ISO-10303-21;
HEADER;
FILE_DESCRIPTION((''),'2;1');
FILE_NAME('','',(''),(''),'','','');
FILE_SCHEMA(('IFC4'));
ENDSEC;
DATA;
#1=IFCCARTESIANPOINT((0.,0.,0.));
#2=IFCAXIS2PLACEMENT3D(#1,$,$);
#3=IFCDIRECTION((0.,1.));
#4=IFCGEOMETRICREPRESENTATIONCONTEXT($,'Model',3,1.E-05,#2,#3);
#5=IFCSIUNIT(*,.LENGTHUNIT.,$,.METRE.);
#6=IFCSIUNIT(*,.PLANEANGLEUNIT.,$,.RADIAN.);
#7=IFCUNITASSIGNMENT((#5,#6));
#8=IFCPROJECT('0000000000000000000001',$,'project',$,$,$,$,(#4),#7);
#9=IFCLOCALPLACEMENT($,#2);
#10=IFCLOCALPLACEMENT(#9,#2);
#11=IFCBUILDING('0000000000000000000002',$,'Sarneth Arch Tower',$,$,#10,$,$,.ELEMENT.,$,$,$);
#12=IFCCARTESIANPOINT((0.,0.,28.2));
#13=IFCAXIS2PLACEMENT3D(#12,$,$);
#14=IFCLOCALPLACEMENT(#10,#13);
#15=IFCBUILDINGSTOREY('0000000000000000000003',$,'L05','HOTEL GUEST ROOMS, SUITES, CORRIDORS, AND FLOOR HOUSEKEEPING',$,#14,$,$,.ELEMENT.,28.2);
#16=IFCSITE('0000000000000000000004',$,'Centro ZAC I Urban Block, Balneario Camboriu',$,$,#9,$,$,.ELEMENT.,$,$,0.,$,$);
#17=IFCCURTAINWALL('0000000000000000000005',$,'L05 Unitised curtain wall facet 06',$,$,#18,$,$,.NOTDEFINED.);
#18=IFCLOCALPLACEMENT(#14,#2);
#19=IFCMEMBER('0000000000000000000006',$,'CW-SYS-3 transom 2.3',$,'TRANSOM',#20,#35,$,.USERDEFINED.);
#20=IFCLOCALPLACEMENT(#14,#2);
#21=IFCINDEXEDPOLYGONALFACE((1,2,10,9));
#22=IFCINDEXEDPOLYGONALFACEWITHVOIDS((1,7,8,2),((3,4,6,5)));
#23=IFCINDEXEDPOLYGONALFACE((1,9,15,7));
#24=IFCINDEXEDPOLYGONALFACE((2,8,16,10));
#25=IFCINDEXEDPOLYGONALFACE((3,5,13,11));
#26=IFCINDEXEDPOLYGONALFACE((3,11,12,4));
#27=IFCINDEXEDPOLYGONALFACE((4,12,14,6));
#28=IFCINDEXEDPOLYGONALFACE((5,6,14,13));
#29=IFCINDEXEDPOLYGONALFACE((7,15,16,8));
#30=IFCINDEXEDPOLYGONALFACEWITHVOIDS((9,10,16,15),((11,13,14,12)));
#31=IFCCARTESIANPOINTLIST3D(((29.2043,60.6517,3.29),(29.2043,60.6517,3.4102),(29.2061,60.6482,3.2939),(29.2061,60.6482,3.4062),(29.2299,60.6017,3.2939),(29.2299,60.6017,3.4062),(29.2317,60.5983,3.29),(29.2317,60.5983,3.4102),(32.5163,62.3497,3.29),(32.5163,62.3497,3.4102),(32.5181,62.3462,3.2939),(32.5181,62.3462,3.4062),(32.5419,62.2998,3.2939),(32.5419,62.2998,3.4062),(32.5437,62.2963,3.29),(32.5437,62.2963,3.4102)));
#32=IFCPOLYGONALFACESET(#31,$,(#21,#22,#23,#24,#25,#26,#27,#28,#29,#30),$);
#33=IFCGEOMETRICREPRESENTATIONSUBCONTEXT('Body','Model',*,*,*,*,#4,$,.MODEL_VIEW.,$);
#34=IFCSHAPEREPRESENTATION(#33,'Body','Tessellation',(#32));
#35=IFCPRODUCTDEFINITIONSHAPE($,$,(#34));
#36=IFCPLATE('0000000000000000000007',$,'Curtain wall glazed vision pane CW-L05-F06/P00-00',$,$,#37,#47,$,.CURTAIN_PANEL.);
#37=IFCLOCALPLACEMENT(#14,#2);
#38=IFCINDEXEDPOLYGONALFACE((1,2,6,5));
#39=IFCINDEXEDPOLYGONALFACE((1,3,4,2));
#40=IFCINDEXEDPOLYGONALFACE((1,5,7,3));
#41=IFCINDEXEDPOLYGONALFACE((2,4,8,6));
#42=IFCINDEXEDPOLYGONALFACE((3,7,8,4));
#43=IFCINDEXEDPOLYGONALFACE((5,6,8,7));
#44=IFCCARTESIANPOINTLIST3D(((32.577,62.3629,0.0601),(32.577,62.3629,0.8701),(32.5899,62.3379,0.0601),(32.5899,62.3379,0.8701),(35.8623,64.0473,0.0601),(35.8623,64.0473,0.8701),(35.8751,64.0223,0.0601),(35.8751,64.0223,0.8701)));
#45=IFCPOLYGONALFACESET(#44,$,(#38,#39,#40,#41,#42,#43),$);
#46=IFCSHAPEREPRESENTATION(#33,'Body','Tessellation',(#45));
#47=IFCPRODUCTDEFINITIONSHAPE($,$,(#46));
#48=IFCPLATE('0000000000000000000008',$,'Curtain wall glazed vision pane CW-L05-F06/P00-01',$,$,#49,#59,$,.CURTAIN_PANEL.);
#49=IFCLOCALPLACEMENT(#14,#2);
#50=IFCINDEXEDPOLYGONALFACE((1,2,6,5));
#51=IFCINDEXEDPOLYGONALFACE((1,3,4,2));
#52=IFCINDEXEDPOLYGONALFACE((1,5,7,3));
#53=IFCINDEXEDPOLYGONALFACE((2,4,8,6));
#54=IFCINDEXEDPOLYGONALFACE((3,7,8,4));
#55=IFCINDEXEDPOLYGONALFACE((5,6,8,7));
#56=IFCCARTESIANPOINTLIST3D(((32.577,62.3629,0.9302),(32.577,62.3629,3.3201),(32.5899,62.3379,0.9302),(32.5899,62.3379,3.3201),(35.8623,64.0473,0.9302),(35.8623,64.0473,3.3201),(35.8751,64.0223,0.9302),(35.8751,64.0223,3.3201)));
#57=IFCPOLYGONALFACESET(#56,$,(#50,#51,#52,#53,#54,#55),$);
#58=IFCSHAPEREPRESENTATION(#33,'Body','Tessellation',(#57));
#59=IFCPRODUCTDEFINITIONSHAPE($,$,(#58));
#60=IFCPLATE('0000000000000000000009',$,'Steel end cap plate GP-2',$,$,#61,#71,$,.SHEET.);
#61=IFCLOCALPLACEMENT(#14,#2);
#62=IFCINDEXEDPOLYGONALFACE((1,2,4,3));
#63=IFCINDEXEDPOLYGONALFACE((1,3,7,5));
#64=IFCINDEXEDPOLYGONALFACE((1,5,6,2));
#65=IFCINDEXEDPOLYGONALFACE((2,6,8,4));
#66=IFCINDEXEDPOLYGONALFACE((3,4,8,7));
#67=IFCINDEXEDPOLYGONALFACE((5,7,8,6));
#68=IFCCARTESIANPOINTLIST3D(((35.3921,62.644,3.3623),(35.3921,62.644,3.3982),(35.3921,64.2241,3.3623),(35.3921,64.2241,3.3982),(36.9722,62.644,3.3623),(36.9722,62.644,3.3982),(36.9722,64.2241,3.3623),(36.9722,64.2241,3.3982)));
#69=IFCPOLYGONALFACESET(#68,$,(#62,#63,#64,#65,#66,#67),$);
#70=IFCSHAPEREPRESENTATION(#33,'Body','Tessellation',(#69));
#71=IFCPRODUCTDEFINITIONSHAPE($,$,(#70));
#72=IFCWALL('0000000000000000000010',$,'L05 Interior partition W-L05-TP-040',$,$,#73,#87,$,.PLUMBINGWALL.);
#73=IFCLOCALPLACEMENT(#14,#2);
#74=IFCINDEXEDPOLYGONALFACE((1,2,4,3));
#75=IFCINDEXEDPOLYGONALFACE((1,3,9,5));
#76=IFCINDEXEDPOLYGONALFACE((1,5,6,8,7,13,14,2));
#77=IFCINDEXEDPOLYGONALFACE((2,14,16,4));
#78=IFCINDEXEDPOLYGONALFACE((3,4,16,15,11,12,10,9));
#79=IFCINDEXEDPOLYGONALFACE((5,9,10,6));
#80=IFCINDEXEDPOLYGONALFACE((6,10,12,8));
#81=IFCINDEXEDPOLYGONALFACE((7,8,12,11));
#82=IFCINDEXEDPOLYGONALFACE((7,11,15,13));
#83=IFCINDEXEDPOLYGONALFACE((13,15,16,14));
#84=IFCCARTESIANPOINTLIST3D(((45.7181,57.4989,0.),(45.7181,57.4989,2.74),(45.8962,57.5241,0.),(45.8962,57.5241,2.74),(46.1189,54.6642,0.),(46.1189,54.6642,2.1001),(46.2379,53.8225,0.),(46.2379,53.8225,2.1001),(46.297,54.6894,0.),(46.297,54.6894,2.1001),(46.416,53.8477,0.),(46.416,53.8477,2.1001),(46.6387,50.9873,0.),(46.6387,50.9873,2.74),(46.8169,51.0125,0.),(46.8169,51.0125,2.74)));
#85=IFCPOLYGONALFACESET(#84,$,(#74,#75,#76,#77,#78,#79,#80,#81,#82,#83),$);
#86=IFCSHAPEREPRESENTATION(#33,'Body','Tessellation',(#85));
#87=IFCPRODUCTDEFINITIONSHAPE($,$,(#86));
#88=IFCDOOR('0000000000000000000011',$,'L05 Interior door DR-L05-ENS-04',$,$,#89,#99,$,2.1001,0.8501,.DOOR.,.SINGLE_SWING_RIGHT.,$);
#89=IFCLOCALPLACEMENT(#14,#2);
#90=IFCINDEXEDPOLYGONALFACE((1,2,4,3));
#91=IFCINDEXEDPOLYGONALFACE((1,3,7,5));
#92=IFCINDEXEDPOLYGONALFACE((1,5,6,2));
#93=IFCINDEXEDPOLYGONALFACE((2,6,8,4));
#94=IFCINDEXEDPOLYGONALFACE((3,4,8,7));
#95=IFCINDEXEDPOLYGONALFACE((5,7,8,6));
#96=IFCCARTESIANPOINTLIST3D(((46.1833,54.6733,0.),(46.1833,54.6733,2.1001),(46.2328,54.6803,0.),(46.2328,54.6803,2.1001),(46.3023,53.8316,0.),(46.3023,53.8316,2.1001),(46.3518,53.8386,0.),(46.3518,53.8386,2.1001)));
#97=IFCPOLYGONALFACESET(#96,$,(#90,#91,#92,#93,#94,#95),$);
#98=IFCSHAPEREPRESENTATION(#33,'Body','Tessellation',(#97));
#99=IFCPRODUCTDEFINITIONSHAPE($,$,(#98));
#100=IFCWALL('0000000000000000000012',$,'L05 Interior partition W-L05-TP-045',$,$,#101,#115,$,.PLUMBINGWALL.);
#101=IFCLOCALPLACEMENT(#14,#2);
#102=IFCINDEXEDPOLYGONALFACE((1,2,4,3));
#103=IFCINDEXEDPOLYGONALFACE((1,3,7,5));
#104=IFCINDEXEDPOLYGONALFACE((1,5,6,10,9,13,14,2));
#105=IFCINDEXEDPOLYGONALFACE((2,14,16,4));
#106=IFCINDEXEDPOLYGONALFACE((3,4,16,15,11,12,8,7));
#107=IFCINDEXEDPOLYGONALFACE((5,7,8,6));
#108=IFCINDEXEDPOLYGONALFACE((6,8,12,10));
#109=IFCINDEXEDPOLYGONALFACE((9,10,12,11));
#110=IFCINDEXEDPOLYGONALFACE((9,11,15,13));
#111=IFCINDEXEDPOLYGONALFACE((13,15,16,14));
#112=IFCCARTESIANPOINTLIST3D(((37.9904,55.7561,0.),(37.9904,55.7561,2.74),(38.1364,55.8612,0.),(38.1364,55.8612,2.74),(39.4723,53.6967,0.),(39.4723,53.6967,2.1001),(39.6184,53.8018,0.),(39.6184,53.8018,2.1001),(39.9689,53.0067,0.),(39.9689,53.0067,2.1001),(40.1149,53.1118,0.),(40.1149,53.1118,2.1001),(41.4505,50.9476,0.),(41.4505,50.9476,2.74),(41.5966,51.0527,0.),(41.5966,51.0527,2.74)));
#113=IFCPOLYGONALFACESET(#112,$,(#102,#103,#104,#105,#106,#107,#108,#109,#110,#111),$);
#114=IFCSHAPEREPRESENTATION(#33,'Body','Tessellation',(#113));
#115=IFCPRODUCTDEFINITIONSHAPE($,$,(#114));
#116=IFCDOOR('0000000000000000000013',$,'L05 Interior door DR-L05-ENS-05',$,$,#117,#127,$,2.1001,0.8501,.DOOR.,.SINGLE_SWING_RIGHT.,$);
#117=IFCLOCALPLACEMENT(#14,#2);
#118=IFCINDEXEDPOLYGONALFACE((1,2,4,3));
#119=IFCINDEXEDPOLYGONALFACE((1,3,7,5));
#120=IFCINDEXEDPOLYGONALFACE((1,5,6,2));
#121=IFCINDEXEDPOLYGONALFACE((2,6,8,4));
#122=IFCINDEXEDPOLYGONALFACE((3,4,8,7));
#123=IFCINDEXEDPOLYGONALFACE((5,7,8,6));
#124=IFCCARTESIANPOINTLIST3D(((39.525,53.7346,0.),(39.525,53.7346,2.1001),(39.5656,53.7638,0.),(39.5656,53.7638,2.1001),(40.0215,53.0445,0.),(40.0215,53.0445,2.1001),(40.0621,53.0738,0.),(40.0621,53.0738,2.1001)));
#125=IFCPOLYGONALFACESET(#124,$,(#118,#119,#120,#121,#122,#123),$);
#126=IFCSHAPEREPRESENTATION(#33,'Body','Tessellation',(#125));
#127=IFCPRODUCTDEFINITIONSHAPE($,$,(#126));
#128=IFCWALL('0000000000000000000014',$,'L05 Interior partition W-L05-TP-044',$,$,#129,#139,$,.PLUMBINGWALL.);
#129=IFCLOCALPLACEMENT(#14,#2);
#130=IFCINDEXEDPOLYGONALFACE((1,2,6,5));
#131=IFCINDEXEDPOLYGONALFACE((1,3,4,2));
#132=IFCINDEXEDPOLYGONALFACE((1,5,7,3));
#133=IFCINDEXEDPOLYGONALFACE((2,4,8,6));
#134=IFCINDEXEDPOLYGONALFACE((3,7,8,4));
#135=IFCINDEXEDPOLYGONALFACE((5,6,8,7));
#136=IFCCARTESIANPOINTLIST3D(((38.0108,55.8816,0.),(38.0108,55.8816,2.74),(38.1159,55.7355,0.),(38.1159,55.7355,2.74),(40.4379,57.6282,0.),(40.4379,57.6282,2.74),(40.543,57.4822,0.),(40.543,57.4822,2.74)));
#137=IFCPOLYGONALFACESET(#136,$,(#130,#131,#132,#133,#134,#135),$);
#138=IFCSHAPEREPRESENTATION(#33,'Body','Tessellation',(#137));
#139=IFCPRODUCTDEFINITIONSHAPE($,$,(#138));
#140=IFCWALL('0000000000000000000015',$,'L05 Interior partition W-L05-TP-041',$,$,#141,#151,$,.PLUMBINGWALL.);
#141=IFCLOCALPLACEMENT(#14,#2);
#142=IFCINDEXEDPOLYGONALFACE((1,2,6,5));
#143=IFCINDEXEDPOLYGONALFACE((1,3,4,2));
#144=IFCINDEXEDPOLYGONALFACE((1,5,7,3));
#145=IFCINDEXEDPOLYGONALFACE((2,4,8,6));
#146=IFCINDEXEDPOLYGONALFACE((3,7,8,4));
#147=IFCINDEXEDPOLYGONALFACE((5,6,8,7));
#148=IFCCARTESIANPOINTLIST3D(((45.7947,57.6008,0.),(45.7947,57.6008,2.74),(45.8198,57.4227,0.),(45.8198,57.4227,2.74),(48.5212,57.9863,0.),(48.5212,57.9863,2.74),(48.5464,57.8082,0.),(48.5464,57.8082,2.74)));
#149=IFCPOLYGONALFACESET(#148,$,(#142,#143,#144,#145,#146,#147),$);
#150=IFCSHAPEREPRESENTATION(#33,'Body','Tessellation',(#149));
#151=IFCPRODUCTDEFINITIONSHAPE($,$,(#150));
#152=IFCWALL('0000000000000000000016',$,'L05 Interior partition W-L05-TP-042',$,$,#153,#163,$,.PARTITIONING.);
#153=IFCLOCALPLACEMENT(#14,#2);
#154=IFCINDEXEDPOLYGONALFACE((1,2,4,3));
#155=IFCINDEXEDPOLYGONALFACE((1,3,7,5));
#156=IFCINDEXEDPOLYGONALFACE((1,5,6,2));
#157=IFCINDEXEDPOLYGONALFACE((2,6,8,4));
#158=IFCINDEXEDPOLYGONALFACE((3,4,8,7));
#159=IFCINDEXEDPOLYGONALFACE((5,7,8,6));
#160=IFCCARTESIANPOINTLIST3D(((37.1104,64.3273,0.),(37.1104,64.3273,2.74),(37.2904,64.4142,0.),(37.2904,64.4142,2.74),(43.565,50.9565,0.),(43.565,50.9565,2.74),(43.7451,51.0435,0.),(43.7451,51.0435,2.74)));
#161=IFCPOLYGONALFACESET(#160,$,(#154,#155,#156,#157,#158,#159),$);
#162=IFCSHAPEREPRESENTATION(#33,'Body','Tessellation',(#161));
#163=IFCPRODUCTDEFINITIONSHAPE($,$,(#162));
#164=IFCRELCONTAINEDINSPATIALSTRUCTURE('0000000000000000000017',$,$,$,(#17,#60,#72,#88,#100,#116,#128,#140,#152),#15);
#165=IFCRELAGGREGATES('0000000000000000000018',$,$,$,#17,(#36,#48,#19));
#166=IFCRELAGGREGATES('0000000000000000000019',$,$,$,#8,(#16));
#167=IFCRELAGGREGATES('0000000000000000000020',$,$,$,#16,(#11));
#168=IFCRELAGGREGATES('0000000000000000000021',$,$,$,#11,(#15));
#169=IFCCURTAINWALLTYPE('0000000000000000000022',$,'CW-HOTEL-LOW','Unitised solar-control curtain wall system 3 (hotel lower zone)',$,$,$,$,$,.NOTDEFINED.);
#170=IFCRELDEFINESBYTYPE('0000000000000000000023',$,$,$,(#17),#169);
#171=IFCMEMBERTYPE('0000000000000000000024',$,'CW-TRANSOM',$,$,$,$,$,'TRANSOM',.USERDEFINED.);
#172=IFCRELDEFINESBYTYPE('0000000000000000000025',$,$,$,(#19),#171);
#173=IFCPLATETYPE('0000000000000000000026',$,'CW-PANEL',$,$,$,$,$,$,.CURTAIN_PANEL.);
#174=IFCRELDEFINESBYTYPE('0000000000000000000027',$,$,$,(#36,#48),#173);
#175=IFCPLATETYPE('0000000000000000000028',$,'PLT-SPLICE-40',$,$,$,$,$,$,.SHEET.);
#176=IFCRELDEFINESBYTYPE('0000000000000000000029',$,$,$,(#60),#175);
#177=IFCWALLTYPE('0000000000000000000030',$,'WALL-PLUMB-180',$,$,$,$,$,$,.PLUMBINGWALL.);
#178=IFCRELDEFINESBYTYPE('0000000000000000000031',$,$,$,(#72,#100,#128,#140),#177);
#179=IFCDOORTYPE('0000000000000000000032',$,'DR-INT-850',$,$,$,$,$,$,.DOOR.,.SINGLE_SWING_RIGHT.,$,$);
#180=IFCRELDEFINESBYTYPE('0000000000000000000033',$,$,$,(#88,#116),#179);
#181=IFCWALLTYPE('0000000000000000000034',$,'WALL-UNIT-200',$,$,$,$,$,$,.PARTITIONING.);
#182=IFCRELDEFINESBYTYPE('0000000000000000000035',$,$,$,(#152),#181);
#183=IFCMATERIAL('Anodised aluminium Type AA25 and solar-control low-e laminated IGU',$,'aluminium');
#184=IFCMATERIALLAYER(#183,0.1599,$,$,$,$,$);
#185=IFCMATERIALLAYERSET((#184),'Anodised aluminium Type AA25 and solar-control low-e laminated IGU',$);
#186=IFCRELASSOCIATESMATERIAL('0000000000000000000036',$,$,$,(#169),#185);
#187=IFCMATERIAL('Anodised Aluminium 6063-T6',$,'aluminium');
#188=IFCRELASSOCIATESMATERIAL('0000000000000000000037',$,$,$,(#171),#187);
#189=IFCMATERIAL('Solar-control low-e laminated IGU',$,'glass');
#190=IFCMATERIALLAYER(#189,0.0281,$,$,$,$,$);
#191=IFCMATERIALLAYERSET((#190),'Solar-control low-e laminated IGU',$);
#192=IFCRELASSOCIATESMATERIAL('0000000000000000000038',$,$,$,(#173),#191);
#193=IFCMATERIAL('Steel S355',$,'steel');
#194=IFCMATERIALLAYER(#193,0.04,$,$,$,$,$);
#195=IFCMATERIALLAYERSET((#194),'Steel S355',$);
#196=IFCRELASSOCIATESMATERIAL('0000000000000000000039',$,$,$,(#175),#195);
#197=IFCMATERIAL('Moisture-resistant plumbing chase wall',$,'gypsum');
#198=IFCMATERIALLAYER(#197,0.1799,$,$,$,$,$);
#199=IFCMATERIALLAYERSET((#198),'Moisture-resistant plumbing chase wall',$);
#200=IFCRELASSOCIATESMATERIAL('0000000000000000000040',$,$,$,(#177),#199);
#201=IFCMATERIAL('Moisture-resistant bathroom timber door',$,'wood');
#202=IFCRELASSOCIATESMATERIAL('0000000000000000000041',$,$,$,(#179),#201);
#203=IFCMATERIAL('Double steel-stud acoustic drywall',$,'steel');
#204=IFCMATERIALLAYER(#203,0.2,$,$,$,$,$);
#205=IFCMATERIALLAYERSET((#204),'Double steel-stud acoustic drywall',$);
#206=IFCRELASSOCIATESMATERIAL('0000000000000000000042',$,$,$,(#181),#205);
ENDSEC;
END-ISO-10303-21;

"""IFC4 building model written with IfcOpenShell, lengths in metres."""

from ifc_helpers import new_model, si_unit, direction, frame, frame_2d, origin, origin_2d, place, context, subcontext, project, spatial, rectangle, hollow_rectangle, extrude, material, layer, layer_set, material_profile, profile_set, type_object, element, fill, aggregate, save


model = new_model("IFC4")

# Units and contexts
model_context = context("Model", 3, precision=1e-05, world=origin(), true_north=direction((0.0, 1.0)))
body_context = subcontext(model_context, "Body", "Model", "MODEL_VIEW")
ifc_project = project(units=[si_unit("LENGTHUNIT", "METRE"), si_unit("PLANEANGLEUNIT", "RADIAN")], contexts=[model_context])

# Site, building, storey
site_placement = place(None, origin())
site = spatial("IfcSite", under=ifc_project, at=site_placement, Name="Centro ZAC I Urban Block, Balneario Camboriu", CompositionType="ELEMENT", RefElevation=0.0)
building_placement = place(site_placement, origin())
building = spatial("IfcBuilding", under=site, at=building_placement, Name="Sarneth Arch Tower", CompositionType="ELEMENT")
storey_placement = place(building_placement, frame((0.0, 0.0, 28.2)))
storey = spatial("IfcBuildingStorey", under=building, at=storey_placement, Name="L05", Description="HOTEL GUEST ROOMS, SUITES, CORRIDORS, AND FLOOR HOUSEKEEPING", CompositionType="ELEMENT", Elevation=28.2)

# Curtain wall, member, plates
ifc_material_1 = material(Name="Anodised aluminium Type AA25 and solar-control low-e laminated IGU", Category="aluminium")
ifc_layer_1 = layer(ifc_material_1, 0.1599)
ifc_layer_set_1 = layer_set([ifc_layer_1], Name="Anodised aluminium Type AA25 and solar-control low-e laminated IGU")
curtain_wall_type = type_object("IfcCurtainWallType", Name="CW-HOTEL-LOW", Description="Unitised solar-control curtain wall system 3 (hotel lower zone)", PredefinedType="NOTDEFINED", material=ifc_layer_set_1)
curtain_wall_placement = place(storey_placement, origin())
curtain_wall = element("IfcCurtainWall", 1, at=curtain_wall_placement, inside=storey, type_object=curtain_wall_type, Name="L05 Unitised curtain wall facet 06", PredefinedType="NOTDEFINED")
ifc_material_2 = material(Name="Anodised Aluminium 6063-T6", Category="aluminium")
ifc_material_profile_1 = material_profile(ifc_material_2, hollow_rectangle(XDim=0.0601, YDim=0.1201, WallThickness=0.0039, at=origin_2d()), Name="AL-TRAN-120x60x4")
ifc_profile_set_1 = profile_set([ifc_material_profile_1], Name="Anodised Aluminium 6063-T6")
member_type_1 = type_object("IfcMemberType", Name="CW-TRANSOM", ElementType="TRANSOM", PredefinedType="USERDEFINED", material=ifc_profile_set_1)
member_1_placement = place(storey_placement, frame((32.53, 62.323, 3.3501), z_axis=(-0.889869, -0.456217, 0.0), x_axis=(0.456217, -0.889869, 0.0)))
member_1 = element("IfcMember", 2, at=member_1_placement, type_object=member_type_1, Name="CW-SYS-3 transom 2.3", ObjectType="TRANSOM", PredefinedType="USERDEFINED", context=body_context, shape_type="SweptSolid", body=[
    extrude(hollow_rectangle(XDim=0.0601, YDim=0.1201, WallThickness=0.0039, at=origin_2d()), origin(), (0.0, 0.0, 1.0), 3.7219),
])
ifc_material_3 = material(Name="Solar-control low-e laminated IGU", Category="glass")
ifc_layer_2 = layer(ifc_material_3, 0.0281)
ifc_layer_set_2 = layer_set([ifc_layer_2], Name="Solar-control low-e laminated IGU")
plate_type_1 = type_object("IfcPlateType", Name="CW-PANEL", PredefinedType="CURTAIN_PANEL", material=ifc_layer_set_2)
plate_1_placement = place(storey_placement, frame((34.2261, 63.1926, 0.0601), z_axis=(0.0, 0.0, 1.0), x_axis=(-0.889854, -0.456245, 0.0)))
plate_1 = element("IfcPlate", 3, at=plate_1_placement, type_object=plate_type_1, Name="Curtain wall glazed vision pane CW-L05-F06/P00-00", PredefinedType="CURTAIN_PANEL", context=body_context, shape_type="SweptSolid", body=[
    extrude(rectangle(XDim=3.6919, YDim=0.0281, at=origin_2d()), origin(), (0.0, 0.0, 1.0), 0.8101),
])
plate_2_placement = place(storey_placement, frame((34.2261, 63.1926, 0.9302), z_axis=(0.0, 0.0, 1.0), x_axis=(-0.889854, -0.456245, 0.0)))
plate_2 = element("IfcPlate", 4, at=plate_2_placement, type_object=plate_type_1, Name="Curtain wall glazed vision pane CW-L05-F06/P00-01", PredefinedType="CURTAIN_PANEL", context=body_context, shape_type="SweptSolid", body=[
    extrude(rectangle(XDim=3.6919, YDim=0.0281, at=origin_2d()), origin(), (0.0, 0.0, 1.0), 2.3899),
])
aggregate(curtain_wall, [plate_1, plate_2, member_1])

# Plate
ifc_material_4 = material(Name="Steel S355", Category="steel")
ifc_layer_3 = layer(ifc_material_4, 0.04)
ifc_layer_set_3 = layer_set([ifc_layer_3], Name="Steel S355")
plate_type_2 = type_object("IfcPlateType", Name="PLT-SPLICE-40", PredefinedType="SHEET", material=ifc_layer_set_3)
plate_3_placement = place(storey_placement, frame((36.1821, 63.4341, 3.3623), z_axis=(0.0, 0.0, 1.0), x_axis=(1.0, 0.0, 0.0)))
element("IfcPlate", 5, at=plate_3_placement, inside=storey, type_object=plate_type_2, Name="Steel end cap plate GP-2", PredefinedType="SHEET", context=body_context, shape_type="SweptSolid", body=[
    extrude(rectangle(XDim=1.5801, YDim=1.5801, at=origin_2d()), origin(), (0.0, 0.0, 1.0), 0.0359),
])

# Walls, openings, doors
ifc_material_5 = material(Name="Moisture-resistant plumbing chase wall", Category="gypsum")
ifc_layer_4 = layer(ifc_material_5, 0.1799)
ifc_layer_set_4 = layer_set([ifc_layer_4], Name="Moisture-resistant plumbing chase wall")
wall_type_1 = type_object("IfcWallType", Name="WALL-PLUMB-180", PredefinedType="PLUMBINGWALL", material=ifc_layer_set_4)
wall_1_placement = place(storey_placement, frame((46.7278, 51.0, 0.0), z_axis=(0.0, 0.0, 1.0), x_axis=(-0.139992, 0.990153, 0.0)))
wall_1 = element("IfcWall", 6, at=wall_1_placement, inside=storey, type_object=wall_type_1, Name="L05 Interior partition W-L05-TP-040", PredefinedType="PLUMBINGWALL", context=body_context, shape_type="SweptSolid", body=[
    extrude(rectangle(XDim=6.5764, YDim=0.1799, at=frame_2d((3.2881, 0.0))), origin(), (0.0, 0.0, 1.0), 2.74),
])
opening_1_placement = place(wall_1_placement, frame((2.8633, 0.0, 0.0)))
opening_1 = element("IfcOpeningElement", 7, at=opening_1_placement, cuts=wall_1, PredefinedType="OPENING", context=body_context, shape_type="SweptSolid", body=[
    extrude(rectangle(XDim=0.8501, YDim=2.1001, at=frame_2d((0.425, 1.05))), frame((0.0, 0.0999, 0.0), z_axis=(0.0, -1.0, 0.0), x_axis=(1.0, 0.0, 0.0)), (0.0, 0.0, 1.0), 0.2),
])
ifc_material_6 = material(Name="Moisture-resistant bathroom timber door", Category="wood")
door_type_1 = type_object("IfcDoorType", Name="DR-INT-850", OperationType="SINGLE_SWING_RIGHT", PredefinedType="DOOR", material=ifc_material_6)
door_1_placement = place(opening_1_placement, origin())
door_1 = element("IfcDoor", 8, at=door_1_placement, inside=storey, type_object=door_type_1, Name="L05 Interior door DR-L05-ENS-04", OperationType="SINGLE_SWING_RIGHT", OverallHeight=2.1001, OverallWidth=0.8501, PredefinedType="DOOR", context=body_context, shape_type="SweptSolid", body=[
    extrude(rectangle(XDim=0.8501, YDim=2.1001, at=frame_2d((0.425, 1.05))), frame((0.0, 0.0249, 0.0), z_axis=(0.0, -1.0, 0.0), x_axis=(1.0, 0.0, 0.0)), (0.0, 0.0, 1.0), 0.05),
])
fill(opening_1, door_1)
wall_2_placement = place(storey_placement, frame((38.0635, 55.8086, 0.0), z_axis=(0.0, 0.0, 1.0), x_axis=(0.584084, -0.811693, 0.0)))
wall_2 = element("IfcWall", 9, at=wall_2_placement, inside=storey, type_object=wall_type_1, Name="L05 Interior partition W-L05-TP-045", PredefinedType="PLUMBINGWALL", context=body_context, shape_type="SweptSolid", body=[
    extrude(rectangle(XDim=5.9241, YDim=0.1799, at=frame_2d((2.9619, 0.0))), origin(), (0.0, 0.0, 1.0), 2.74),
])
opening_2_placement = place(wall_2_placement, frame((2.5371, 0.0, 0.0)))
opening_2 = element("IfcOpeningElement", 10, at=opening_2_placement, cuts=wall_2, PredefinedType="OPENING", context=body_context, shape_type="SweptSolid", body=[
    extrude(rectangle(XDim=0.8501, YDim=2.1001, at=frame_2d((0.425, 1.05))), frame((0.0, 0.0999, 0.0), z_axis=(0.0, -1.0, 0.0), x_axis=(1.0, 0.0, 0.0)), (0.0, 0.0, 1.0), 0.2),
])
door_2_placement = place(opening_2_placement, origin())
door_2 = element("IfcDoor", 11, at=door_2_placement, inside=storey, type_object=door_type_1, Name="L05 Interior door DR-L05-ENS-05", OperationType="SINGLE_SWING_RIGHT", OverallHeight=2.1001, OverallWidth=0.8501, PredefinedType="DOOR", context=body_context, shape_type="SweptSolid", body=[
    extrude(rectangle(XDim=0.8501, YDim=2.1001, at=frame_2d((0.425, 1.05))), frame((0.0, 0.0249, 0.0), z_axis=(0.0, -1.0, 0.0), x_axis=(1.0, 0.0, 0.0)), (0.0, 0.0, 1.0), 0.05),
])
fill(opening_2, door_2)

# Walls
wall_3_placement = place(storey_placement, frame((40.4905, 57.5552, 0.0), z_axis=(0.0, 0.0, 1.0), x_axis=(-0.811671, -0.584115, 0.0)))
element("IfcWall", 12, at=wall_3_placement, inside=storey, type_object=wall_type_1, Name="L05 Interior partition W-L05-TP-044", PredefinedType="PLUMBINGWALL", context=body_context, shape_type="SweptSolid", body=[
    extrude(rectangle(XDim=2.9902, YDim=0.1799, at=frame_2d((1.4951, 0.0))), origin(), (0.0, 0.0, 1.0), 2.74),
])
wall_4_placement = place(storey_placement, frame((45.8071, 57.5117, 0.0), z_axis=(0.0, 0.0, 1.0), x_axis=(0.990152, 0.139994, 0.0)))
element("IfcWall", 13, at=wall_4_placement, inside=storey, type_object=wall_type_1, Name="L05 Interior partition W-L05-TP-041", PredefinedType="PLUMBINGWALL", context=body_context, shape_type="SweptSolid", body=[
    extrude(rectangle(XDim=2.7537, YDim=0.1799, at=frame_2d((1.377, 0.0))), origin(), (0.0, 0.0, 1.0), 2.74),
])
ifc_material_7 = material(Name="Double steel-stud acoustic drywall", Category="steel")
ifc_layer_5 = layer(ifc_material_7, 0.2)
ifc_layer_set_5 = layer_set([ifc_layer_5], Name="Double steel-stud acoustic drywall")
wall_type_2 = type_object("IfcWallType", Name="WALL-UNIT-200", PredefinedType="PARTITIONING", material=ifc_layer_set_5)
wall_5_placement = place(storey_placement, frame((43.655, 51.0, 0.0), z_axis=(0.0, 0.0, 1.0), x_axis=(-0.434739, 0.900557, 0.0)))
element("IfcWall", 14, at=wall_5_placement, inside=storey, type_object=wall_type_2, Name="L05 Interior partition W-L05-TP-042", PredefinedType="PARTITIONING", context=body_context, shape_type="SweptSolid", body=[
    extrude(rectangle(XDim=14.8472, YDim=0.2, at=frame_2d((7.4236, 0.0))), origin(), (0.0, 0.0, 1.0), 2.74),
])

save(model, "model.ifc")
